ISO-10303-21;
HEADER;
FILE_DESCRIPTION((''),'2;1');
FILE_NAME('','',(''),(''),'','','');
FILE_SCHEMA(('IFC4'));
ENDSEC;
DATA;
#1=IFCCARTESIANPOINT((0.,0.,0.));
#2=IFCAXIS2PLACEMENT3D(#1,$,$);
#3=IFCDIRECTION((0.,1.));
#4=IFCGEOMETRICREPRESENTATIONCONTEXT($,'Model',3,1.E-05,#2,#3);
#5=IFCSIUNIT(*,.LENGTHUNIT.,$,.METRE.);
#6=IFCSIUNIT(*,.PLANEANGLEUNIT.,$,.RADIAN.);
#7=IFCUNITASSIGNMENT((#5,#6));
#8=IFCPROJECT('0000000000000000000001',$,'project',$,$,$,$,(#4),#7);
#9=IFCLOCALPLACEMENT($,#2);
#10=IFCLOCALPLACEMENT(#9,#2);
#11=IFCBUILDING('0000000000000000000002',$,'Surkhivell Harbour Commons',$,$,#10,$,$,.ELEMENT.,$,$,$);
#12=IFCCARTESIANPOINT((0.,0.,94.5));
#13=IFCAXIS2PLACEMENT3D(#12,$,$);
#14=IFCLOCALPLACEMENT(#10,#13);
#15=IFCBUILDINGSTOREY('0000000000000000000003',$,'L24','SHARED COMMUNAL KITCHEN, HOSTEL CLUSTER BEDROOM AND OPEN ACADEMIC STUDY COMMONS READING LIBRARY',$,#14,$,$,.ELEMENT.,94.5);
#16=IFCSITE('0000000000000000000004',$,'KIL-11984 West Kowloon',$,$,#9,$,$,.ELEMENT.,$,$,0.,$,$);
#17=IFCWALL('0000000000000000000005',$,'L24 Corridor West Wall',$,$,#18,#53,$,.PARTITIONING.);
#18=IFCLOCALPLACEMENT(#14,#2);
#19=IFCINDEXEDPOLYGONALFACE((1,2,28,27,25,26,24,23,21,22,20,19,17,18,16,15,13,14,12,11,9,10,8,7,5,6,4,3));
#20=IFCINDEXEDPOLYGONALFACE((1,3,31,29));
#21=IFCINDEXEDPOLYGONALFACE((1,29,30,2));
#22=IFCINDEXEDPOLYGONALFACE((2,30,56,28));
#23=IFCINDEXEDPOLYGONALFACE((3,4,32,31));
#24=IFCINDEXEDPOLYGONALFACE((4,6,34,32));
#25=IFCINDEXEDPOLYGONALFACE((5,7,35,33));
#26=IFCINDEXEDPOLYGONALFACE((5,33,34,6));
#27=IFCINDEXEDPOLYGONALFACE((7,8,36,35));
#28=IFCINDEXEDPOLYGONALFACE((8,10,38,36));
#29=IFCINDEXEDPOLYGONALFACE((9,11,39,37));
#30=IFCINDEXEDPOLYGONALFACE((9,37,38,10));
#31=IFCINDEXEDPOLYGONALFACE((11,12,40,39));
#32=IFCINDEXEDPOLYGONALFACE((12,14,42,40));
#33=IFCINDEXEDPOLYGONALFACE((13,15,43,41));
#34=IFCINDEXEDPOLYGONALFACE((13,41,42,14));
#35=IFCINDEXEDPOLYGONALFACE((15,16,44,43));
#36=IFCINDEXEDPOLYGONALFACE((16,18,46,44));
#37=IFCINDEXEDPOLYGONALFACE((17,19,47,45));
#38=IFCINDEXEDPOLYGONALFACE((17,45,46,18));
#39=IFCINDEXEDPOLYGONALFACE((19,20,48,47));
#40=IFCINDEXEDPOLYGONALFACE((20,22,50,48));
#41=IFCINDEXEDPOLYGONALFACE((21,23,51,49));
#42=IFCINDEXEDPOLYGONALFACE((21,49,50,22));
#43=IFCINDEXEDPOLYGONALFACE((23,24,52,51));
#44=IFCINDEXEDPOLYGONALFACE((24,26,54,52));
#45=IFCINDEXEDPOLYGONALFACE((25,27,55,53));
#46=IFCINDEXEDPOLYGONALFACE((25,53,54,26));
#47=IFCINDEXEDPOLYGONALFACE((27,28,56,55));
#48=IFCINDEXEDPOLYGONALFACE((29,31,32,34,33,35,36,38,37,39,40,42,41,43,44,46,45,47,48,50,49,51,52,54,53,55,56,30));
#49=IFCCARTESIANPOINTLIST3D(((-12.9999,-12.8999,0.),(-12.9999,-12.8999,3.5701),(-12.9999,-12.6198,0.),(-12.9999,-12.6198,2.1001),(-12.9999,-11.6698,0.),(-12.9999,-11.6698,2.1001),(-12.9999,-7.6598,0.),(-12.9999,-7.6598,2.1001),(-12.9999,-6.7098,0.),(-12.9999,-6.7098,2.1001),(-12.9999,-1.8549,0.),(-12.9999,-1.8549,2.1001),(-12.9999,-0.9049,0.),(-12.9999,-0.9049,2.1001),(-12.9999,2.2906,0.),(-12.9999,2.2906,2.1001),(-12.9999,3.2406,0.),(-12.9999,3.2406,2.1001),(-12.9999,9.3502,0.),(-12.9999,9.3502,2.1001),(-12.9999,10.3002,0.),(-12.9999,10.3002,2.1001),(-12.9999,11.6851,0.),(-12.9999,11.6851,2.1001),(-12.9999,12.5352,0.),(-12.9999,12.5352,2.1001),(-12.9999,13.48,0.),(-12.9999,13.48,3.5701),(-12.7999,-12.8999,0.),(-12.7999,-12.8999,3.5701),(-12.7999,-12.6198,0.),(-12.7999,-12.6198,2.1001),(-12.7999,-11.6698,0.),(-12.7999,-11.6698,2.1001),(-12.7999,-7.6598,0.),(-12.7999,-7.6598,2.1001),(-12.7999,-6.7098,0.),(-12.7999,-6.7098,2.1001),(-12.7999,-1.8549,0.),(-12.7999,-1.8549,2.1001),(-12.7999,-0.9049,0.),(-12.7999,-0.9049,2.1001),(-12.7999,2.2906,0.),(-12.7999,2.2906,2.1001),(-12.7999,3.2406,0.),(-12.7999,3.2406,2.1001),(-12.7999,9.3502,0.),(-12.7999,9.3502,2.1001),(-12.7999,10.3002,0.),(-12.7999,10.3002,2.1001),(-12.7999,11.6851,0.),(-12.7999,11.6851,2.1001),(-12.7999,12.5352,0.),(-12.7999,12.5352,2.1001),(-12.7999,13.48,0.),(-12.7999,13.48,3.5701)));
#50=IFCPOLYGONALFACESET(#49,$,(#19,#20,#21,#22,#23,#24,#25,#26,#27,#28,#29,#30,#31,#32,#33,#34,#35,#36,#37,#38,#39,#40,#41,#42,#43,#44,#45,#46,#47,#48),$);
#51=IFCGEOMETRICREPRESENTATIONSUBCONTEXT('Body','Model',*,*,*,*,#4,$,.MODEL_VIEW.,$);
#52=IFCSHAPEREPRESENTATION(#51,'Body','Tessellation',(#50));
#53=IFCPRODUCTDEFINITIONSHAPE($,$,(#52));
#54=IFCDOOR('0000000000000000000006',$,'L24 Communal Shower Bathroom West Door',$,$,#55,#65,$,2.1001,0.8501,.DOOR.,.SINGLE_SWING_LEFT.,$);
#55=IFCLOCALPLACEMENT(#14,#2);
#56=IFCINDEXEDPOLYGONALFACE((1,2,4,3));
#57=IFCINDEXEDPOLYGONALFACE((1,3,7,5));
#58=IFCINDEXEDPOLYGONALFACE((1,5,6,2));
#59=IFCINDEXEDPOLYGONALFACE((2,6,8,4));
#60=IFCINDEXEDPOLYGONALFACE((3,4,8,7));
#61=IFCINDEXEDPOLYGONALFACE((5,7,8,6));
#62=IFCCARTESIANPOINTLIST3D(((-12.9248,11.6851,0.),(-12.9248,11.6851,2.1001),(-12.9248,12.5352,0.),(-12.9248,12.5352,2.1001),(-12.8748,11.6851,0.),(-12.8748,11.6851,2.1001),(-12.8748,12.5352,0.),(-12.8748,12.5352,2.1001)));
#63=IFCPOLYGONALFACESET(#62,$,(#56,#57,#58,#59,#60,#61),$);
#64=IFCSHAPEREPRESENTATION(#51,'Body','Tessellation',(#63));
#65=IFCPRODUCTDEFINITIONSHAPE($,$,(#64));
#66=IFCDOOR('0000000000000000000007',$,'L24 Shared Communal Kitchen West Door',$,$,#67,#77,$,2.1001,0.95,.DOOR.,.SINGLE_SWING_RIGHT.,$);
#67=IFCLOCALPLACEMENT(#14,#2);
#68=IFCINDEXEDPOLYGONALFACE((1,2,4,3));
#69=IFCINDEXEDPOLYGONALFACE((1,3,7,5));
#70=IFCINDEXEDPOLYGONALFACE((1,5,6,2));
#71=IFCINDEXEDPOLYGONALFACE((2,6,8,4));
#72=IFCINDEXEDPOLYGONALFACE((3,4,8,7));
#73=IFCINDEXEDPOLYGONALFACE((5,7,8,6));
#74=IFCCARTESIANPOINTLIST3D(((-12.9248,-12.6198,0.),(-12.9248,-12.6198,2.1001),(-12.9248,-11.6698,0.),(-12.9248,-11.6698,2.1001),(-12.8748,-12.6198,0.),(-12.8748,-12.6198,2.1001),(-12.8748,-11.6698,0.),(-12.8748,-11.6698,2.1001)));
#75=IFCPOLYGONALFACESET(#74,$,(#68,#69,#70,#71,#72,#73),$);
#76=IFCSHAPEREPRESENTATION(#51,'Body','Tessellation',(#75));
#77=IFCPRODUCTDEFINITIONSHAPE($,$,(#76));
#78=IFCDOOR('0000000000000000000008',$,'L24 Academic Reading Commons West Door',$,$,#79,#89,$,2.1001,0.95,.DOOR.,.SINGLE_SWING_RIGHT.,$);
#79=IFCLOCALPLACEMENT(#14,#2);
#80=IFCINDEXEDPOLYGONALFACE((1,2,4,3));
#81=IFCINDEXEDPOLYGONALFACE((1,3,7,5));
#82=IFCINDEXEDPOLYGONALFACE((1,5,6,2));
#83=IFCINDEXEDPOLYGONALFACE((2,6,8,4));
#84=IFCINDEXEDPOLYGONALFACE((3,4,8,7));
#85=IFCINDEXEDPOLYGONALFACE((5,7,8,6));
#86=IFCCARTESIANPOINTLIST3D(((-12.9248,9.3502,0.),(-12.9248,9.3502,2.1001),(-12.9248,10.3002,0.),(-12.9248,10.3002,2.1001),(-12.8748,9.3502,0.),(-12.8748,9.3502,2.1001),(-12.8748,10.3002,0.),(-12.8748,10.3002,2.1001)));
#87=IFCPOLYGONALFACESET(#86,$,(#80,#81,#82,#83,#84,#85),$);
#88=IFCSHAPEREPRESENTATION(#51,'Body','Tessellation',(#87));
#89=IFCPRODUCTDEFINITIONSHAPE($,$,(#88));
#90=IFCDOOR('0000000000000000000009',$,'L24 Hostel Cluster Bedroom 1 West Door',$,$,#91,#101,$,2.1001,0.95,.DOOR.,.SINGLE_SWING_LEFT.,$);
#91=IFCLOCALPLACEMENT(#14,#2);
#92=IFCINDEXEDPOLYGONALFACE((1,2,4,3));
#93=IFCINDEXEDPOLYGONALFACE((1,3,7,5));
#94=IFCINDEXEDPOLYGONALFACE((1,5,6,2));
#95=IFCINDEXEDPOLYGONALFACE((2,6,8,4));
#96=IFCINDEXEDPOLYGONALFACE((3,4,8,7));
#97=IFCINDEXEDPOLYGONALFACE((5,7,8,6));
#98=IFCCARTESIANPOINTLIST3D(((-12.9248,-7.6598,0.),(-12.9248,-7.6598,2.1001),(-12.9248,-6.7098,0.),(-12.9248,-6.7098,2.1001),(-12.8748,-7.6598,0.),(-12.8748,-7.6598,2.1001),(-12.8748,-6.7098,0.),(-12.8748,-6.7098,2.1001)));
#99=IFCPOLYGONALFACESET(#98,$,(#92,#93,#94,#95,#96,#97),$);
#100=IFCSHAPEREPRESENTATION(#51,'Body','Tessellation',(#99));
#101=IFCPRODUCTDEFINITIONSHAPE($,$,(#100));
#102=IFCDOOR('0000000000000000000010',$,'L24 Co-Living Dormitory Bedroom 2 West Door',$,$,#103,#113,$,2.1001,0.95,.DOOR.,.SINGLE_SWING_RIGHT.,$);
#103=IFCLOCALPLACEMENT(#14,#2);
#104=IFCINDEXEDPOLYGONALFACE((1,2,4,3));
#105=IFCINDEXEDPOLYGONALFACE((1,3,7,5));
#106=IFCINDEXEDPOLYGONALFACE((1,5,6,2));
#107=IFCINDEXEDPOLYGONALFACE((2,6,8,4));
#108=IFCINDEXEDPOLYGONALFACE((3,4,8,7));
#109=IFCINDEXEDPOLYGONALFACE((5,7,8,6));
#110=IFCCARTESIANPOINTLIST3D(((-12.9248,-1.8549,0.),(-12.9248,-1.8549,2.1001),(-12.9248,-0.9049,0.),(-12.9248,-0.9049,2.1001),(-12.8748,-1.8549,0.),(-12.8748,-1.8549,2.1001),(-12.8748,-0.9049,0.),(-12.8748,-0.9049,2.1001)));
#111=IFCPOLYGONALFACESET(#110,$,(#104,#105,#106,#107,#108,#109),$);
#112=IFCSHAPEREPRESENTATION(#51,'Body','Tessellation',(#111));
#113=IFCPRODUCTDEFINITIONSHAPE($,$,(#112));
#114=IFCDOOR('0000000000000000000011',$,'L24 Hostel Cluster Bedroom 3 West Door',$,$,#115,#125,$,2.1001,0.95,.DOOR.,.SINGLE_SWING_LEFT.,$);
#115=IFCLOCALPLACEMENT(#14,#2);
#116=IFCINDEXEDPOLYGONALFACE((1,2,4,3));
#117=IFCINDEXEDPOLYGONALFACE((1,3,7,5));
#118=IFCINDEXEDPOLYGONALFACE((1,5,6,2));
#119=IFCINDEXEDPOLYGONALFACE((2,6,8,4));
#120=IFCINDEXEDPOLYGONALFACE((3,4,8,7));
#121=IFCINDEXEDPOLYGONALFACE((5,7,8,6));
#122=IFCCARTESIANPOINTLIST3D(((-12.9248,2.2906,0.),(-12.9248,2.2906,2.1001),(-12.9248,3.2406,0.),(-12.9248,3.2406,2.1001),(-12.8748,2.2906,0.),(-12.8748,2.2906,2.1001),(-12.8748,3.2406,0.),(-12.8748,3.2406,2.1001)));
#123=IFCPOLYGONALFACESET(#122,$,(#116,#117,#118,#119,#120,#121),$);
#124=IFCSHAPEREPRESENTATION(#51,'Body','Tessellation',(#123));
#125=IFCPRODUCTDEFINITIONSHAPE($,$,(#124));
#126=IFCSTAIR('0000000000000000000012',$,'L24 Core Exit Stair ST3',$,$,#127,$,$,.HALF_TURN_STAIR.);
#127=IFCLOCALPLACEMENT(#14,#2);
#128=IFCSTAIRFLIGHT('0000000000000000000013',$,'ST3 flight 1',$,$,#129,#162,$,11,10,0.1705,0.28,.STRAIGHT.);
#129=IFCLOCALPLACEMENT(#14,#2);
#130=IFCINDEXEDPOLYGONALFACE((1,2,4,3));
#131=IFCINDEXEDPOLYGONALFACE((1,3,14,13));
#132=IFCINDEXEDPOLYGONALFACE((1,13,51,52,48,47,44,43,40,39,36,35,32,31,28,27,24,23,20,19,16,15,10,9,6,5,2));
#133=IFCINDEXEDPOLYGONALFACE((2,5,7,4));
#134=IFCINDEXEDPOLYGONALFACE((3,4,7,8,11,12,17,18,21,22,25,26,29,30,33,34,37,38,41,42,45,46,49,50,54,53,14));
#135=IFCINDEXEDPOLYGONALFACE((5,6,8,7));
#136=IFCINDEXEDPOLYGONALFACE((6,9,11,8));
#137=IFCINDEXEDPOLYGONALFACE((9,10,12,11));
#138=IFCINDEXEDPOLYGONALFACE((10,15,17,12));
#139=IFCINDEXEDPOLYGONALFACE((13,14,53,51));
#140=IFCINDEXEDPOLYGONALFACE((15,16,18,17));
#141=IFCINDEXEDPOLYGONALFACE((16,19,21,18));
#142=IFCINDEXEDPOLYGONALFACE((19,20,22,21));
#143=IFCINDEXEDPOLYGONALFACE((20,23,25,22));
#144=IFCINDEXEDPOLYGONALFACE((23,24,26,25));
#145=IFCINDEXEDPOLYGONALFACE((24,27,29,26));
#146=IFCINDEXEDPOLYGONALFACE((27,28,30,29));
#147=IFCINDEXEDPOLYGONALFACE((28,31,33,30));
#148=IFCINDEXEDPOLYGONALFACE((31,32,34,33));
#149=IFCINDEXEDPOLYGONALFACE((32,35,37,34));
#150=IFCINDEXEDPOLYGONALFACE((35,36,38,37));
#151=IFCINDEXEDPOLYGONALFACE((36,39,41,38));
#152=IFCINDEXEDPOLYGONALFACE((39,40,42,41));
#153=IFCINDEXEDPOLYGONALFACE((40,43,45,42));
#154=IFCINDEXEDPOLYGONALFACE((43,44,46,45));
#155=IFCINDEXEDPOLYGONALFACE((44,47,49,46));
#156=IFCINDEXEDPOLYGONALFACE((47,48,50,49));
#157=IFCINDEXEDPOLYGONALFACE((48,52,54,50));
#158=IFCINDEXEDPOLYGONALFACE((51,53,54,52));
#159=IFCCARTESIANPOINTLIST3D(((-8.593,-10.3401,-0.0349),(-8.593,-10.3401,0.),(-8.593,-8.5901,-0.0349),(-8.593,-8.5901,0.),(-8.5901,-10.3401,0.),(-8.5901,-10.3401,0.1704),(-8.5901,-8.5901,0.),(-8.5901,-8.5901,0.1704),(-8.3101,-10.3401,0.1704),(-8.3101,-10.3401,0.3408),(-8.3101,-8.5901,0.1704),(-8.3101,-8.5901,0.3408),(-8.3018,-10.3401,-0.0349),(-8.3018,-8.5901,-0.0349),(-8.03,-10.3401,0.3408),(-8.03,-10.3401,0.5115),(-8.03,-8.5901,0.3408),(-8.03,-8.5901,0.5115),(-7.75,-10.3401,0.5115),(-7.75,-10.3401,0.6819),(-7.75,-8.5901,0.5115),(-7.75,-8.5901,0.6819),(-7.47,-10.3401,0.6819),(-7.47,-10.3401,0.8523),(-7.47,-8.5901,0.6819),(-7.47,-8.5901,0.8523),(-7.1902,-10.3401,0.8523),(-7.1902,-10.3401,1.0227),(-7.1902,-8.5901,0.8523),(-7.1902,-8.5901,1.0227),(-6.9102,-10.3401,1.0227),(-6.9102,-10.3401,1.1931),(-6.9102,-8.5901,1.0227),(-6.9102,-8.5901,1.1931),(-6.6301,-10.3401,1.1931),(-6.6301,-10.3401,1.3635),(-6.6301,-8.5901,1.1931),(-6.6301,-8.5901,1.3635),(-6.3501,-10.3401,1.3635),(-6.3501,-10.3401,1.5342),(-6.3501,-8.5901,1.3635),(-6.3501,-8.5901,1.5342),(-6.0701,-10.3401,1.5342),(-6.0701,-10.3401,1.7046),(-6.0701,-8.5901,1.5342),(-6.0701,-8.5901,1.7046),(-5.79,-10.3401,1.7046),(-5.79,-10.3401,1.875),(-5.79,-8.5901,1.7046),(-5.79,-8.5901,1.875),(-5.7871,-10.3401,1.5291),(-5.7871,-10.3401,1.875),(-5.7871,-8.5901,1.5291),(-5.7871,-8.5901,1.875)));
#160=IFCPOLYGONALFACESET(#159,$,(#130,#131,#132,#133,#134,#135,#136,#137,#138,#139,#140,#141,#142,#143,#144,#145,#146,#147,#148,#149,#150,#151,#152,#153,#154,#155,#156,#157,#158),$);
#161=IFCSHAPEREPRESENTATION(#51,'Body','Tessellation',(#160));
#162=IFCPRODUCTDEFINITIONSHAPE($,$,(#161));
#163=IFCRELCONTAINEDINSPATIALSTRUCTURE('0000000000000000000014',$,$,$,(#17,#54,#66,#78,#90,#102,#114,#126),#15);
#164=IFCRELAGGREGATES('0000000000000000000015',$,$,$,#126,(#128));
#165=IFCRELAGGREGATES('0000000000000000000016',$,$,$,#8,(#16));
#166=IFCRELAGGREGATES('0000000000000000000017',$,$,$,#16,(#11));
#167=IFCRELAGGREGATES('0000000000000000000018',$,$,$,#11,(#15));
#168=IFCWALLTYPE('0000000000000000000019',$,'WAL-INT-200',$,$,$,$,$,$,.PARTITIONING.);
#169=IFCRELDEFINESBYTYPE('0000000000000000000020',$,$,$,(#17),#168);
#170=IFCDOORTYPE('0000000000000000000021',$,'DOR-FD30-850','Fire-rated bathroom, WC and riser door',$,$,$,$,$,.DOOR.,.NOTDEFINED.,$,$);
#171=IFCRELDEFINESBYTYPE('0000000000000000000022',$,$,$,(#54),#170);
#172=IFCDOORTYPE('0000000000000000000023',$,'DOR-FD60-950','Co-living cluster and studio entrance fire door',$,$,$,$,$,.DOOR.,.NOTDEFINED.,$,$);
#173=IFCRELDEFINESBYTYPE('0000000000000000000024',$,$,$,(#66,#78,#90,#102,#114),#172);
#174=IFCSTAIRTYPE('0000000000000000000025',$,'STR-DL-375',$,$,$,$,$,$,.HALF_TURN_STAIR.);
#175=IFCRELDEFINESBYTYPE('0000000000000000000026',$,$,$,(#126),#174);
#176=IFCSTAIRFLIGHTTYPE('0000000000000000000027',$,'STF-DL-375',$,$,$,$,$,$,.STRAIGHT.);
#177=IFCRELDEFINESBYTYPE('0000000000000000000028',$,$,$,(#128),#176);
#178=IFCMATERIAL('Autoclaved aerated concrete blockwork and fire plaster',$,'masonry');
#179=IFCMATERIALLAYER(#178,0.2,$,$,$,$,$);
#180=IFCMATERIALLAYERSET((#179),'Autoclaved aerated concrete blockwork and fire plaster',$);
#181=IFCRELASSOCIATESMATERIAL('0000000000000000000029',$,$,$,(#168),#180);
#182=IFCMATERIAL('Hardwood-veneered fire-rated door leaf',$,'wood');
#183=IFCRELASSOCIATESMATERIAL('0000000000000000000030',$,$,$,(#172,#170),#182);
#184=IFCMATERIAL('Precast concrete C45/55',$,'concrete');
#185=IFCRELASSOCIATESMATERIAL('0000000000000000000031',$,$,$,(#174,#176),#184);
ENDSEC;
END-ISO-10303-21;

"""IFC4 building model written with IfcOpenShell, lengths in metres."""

from ifc_helpers import new_model, si_unit, direction, frame, frame_2d, origin, place, context, subcontext, project, spatial, polyline, rectangle, outline, extrude, material, layer, layer_set, type_object, element, fill, aggregate, save


model = new_model("IFC4")

# Units and contexts
model_context = context("Model", 3, precision=1e-05, world=origin(), true_north=direction((0.0, 1.0)))
body_context = subcontext(model_context, "Body", "Model", "MODEL_VIEW")
ifc_project = project(units=[si_unit("LENGTHUNIT", "METRE"), si_unit("PLANEANGLEUNIT", "RADIAN")], contexts=[model_context])

# Site, building, storey
site_placement = place(None, origin())
site = spatial("IfcSite", under=ifc_project, at=site_placement, Name="KIL-11984 West Kowloon", CompositionType="ELEMENT", RefElevation=0.0)
building_placement = place(site_placement, origin())
building = spatial("IfcBuilding", under=site, at=building_placement, Name="Surkhivell Harbour Commons", CompositionType="ELEMENT")
storey_placement = place(building_placement, frame((0.0, 0.0, 94.5)))
storey = spatial("IfcBuildingStorey", under=building, at=storey_placement, Name="L24", Description="SHARED COMMUNAL KITCHEN, HOSTEL CLUSTER BEDROOM AND OPEN ACADEMIC STUDY COMMONS READING LIBRARY", CompositionType="ELEMENT", Elevation=94.5)

# Shared definitions
ifc_material_1 = material(Name="Autoclaved aerated concrete blockwork and fire plaster", Category="masonry")
ifc_layer_1 = layer(ifc_material_1, 0.2)
ifc_layer_set_1 = layer_set([ifc_layer_1], Name="Autoclaved aerated concrete blockwork and fire plaster")
wall_type_1 = type_object("IfcWallType", Name="WAL-INT-200", PredefinedType="PARTITIONING", material=ifc_layer_set_1)
ifc_material_2 = material(Name="Hardwood-veneered fire-rated door leaf", Category="wood")
door_type_1 = type_object("IfcDoorType", Name="DOR-FD60-950", Description="Co-living cluster and studio entrance fire door", OperationType="NOTDEFINED", PredefinedType="DOOR", material=ifc_material_2)

# Wall, openings, doors
wall_1_placement = place(storey_placement, frame((-12.8999, -12.8999, 0.0), z_axis=(0.0, 0.0, 1.0), x_axis=(0.0, 1.0, 0.0)))
wall_1 = element("IfcWall", 1, at=wall_1_placement, inside=storey, type_object=wall_type_1, Name="L24 Corridor West Wall", PredefinedType="PARTITIONING", context=body_context, shape_type="SweptSolid", body=[
    extrude(rectangle(XDim=26.3799, YDim=0.2, at=frame_2d((13.1899, 0.0))), origin(), (0.0, 0.0, 1.0), 3.5701),
])
opening_1_placement = place(wall_1_placement, frame((0.28, 0.0, 0.0)))
opening_1 = element("IfcOpeningElement", 2, at=opening_1_placement, cuts=wall_1, PredefinedType="OPENING", context=body_context, shape_type="SweptSolid", body=[
    extrude(rectangle(XDim=0.95, YDim=2.1001, at=frame_2d((0.4751, 1.05))), frame((0.0, 0.1099, 0.0), z_axis=(0.0, -1.0, 0.0), x_axis=(1.0, 0.0, 0.0)), (0.0, 0.0, 1.0), 0.22),
])
opening_2_placement = place(wall_1_placement, frame((24.585, 0.0, 0.0)))
opening_2 = element("IfcOpeningElement", 3, at=opening_2_placement, cuts=wall_1, PredefinedType="OPENING", context=body_context, shape_type="SweptSolid", body=[
    extrude(rectangle(XDim=0.8501, YDim=2.1001, at=frame_2d((0.425, 1.05))), frame((0.0, 0.1099, 0.0), z_axis=(0.0, -1.0, 0.0), x_axis=(1.0, 0.0, 0.0)), (0.0, 0.0, 1.0), 0.22),
])
opening_3_placement = place(wall_1_placement, frame((22.25, 0.0, 0.0)))
opening_3 = element("IfcOpeningElement", 4, at=opening_3_placement, cuts=wall_1, PredefinedType="OPENING", context=body_context, shape_type="SweptSolid", body=[
    extrude(rectangle(XDim=0.95, YDim=2.1001, at=frame_2d((0.4751, 1.05))), frame((0.0, 0.1099, 0.0), z_axis=(0.0, -1.0, 0.0), x_axis=(1.0, 0.0, 0.0)), (0.0, 0.0, 1.0), 0.22),
])
opening_4_placement = place(wall_1_placement, frame((5.24, 0.0, 0.0)))
opening_4 = element("IfcOpeningElement", 5, at=opening_4_placement, cuts=wall_1, PredefinedType="OPENING", context=body_context, shape_type="SweptSolid", body=[
    extrude(rectangle(XDim=0.95, YDim=2.1001, at=frame_2d((0.4751, 1.05))), frame((0.0, 0.1099, 0.0), z_axis=(0.0, -1.0, 0.0), x_axis=(1.0, 0.0, 0.0)), (0.0, 0.0, 1.0), 0.22),
])
opening_5_placement = place(wall_1_placement, frame((11.0449, 0.0, 0.0)))
opening_5 = element("IfcOpeningElement", 6, at=opening_5_placement, cuts=wall_1, PredefinedType="OPENING", context=body_context, shape_type="SweptSolid", body=[
    extrude(rectangle(XDim=0.95, YDim=2.1001, at=frame_2d((0.4751, 1.05))), frame((0.0, 0.1099, 0.0), z_axis=(0.0, -1.0, 0.0), x_axis=(1.0, 0.0, 0.0)), (0.0, 0.0, 1.0), 0.22),
])
opening_6_placement = place(wall_1_placement, frame((15.1904, 0.0, 0.0)))
opening_6 = element("IfcOpeningElement", 7, at=opening_6_placement, cuts=wall_1, PredefinedType="OPENING", context=body_context, shape_type="SweptSolid", body=[
    extrude(rectangle(XDim=0.95, YDim=2.1001, at=frame_2d((0.4751, 1.05))), frame((0.0, 0.1099, 0.0), z_axis=(0.0, -1.0, 0.0), x_axis=(1.0, 0.0, 0.0)), (0.0, 0.0, 1.0), 0.22),
])
door_type_2 = type_object("IfcDoorType", Name="DOR-FD30-850", Description="Fire-rated bathroom, WC and riser door", OperationType="NOTDEFINED", PredefinedType="DOOR", material=ifc_material_2)
door_1_placement = place(opening_2_placement, origin())
door_1 = element("IfcDoor", 8, at=door_1_placement, inside=storey, type_object=door_type_2, Name="L24 Communal Shower Bathroom West Door", OperationType="SINGLE_SWING_LEFT", OverallHeight=2.1001, OverallWidth=0.8501, PredefinedType="DOOR", context=body_context, shape_type="SweptSolid", body=[
    extrude(rectangle(XDim=0.8501, YDim=2.1001, at=frame_2d((0.425, 1.05))), frame((0.0, 0.0249, 0.0), z_axis=(0.0, -1.0, 0.0), x_axis=(1.0, 0.0, 0.0)), (0.0, 0.0, 1.0), 0.05),
])
fill(opening_2, door_1)
door_2_placement = place(opening_1_placement, origin())
door_2 = element("IfcDoor", 9, at=door_2_placement, inside=storey, type_object=door_type_1, Name="L24 Shared Communal Kitchen West Door", OperationType="SINGLE_SWING_RIGHT", OverallHeight=2.1001, OverallWidth=0.95, PredefinedType="DOOR", context=body_context, shape_type="SweptSolid", body=[
    extrude(rectangle(XDim=0.95, YDim=2.1001, at=frame_2d((0.4751, 1.05))), frame((0.0, 0.0249, 0.0), z_axis=(0.0, -1.0, 0.0), x_axis=(1.0, 0.0, 0.0)), (0.0, 0.0, 1.0), 0.05),
])
fill(opening_1, door_2)
door_3_placement = place(opening_3_placement, origin())
door_3 = element("IfcDoor", 10, at=door_3_placement, inside=storey, type_object=door_type_1, Name="L24 Academic Reading Commons West Door", OperationType="SINGLE_SWING_RIGHT", OverallHeight=2.1001, OverallWidth=0.95, PredefinedType="DOOR", context=body_context, shape_type="SweptSolid", body=[
    extrude(rectangle(XDim=0.95, YDim=2.1001, at=frame_2d((0.4751, 1.05))), frame((0.0, 0.0249, 0.0), z_axis=(0.0, -1.0, 0.0), x_axis=(1.0, 0.0, 0.0)), (0.0, 0.0, 1.0), 0.05),
])
fill(opening_3, door_3)
door_4_placement = place(opening_4_placement, origin())
door_4 = element("IfcDoor", 11, at=door_4_placement, inside=storey, type_object=door_type_1, Name="L24 Hostel Cluster Bedroom 1 West Door", OperationType="SINGLE_SWING_LEFT", OverallHeight=2.1001, OverallWidth=0.95, PredefinedType="DOOR", context=body_context, shape_type="SweptSolid", body=[
    extrude(rectangle(XDim=0.95, YDim=2.1001, at=frame_2d((0.4751, 1.05))), frame((0.0, 0.0249, 0.0), z_axis=(0.0, -1.0, 0.0), x_axis=(1.0, 0.0, 0.0)), (0.0, 0.0, 1.0), 0.05),
])
fill(opening_4, door_4)
door_5_placement = place(opening_5_placement, origin())
door_5 = element("IfcDoor", 12, at=door_5_placement, inside=storey, type_object=door_type_1, Name="L24 Co-Living Dormitory Bedroom 2 West Door", OperationType="SINGLE_SWING_RIGHT", OverallHeight=2.1001, OverallWidth=0.95, PredefinedType="DOOR", context=body_context, shape_type="SweptSolid", body=[
    extrude(rectangle(XDim=0.95, YDim=2.1001, at=frame_2d((0.4751, 1.05))), frame((0.0, 0.0249, 0.0), z_axis=(0.0, -1.0, 0.0), x_axis=(1.0, 0.0, 0.0)), (0.0, 0.0, 1.0), 0.05),
])
fill(opening_5, door_5)
door_6_placement = place(opening_6_placement, origin())
door_6 = element("IfcDoor", 13, at=door_6_placement, inside=storey, type_object=door_type_1, Name="L24 Hostel Cluster Bedroom 3 West Door", OperationType="SINGLE_SWING_LEFT", OverallHeight=2.1001, OverallWidth=0.95, PredefinedType="DOOR", context=body_context, shape_type="SweptSolid", body=[
    extrude(rectangle(XDim=0.95, YDim=2.1001, at=frame_2d((0.4751, 1.05))), frame((0.0, 0.0249, 0.0), z_axis=(0.0, -1.0, 0.0), x_axis=(1.0, 0.0, 0.0)), (0.0, 0.0, 1.0), 0.05),
])
fill(opening_6, door_6)

# Stair, stair flight
ifc_material_3 = material(Name="Precast concrete C45/55", Category="concrete")
stair_type = type_object("IfcStairType", Name="STR-DL-375", PredefinedType="HALF_TURN_STAIR", material=ifc_material_3)
stair_placement = place(storey_placement, origin())
stair = element("IfcStair", 14, at=stair_placement, inside=storey, type_object=stair_type, Name="L24 Core Exit Stair ST3", PredefinedType="HALF_TURN_STAIR")
stair_flight_type = type_object("IfcStairFlightType", Name="STF-DL-375", PredefinedType="STRAIGHT", material=ifc_material_3)
stair_flight_placement = place(storey_placement, frame((-8.5901, -9.4651, 0.0), z_axis=(0.0, 0.0, 1.0), x_axis=(1.0, 0.0, 0.0)))
stair_flight = element("IfcStairFlight", 15, at=stair_flight_placement, type_object=stair_flight_type, Name="ST3 flight 1", NumberOfRisers=11, NumberOfTreads=10, PredefinedType="STRAIGHT", RiserHeight=0.1705, TreadLength=0.28, context=body_context, shape_type="SweptSolid", body=[
    extrude(outline(polyline([(-0.0029, -0.0349), (-0.0029, 0.0), (0.0, 0.0), (0.0, 0.1704), (0.28, 0.1704), (0.28, 0.3408), (0.5601, 0.3408), (0.5601, 0.5115), (0.8401, 0.5115), (0.8401, 0.6819), (1.1201, 0.6819), (1.1201, 0.8523), (1.3999, 0.8523), (1.3999, 1.0227), (1.6799, 1.0227), (1.6799, 1.1931), (1.96, 1.1931), (1.96, 1.3635), (2.24, 1.3635), (2.24, 1.5342), (2.52, 1.5342), (2.52, 1.7046), (2.8, 1.7046), (2.8, 1.875), (2.803, 1.875), (2.803, 1.5291), (0.2883, -0.0349), (-0.0029, -0.0349)])), frame((0.0, 0.875, 0.0), z_axis=(0.0, -1.0, 0.0), x_axis=(1.0, 0.0, 0.0)), (0.0, 0.0, 1.0), 1.75),
])
aggregate(stair, [stair_flight])

save(model, "model.ifc")
